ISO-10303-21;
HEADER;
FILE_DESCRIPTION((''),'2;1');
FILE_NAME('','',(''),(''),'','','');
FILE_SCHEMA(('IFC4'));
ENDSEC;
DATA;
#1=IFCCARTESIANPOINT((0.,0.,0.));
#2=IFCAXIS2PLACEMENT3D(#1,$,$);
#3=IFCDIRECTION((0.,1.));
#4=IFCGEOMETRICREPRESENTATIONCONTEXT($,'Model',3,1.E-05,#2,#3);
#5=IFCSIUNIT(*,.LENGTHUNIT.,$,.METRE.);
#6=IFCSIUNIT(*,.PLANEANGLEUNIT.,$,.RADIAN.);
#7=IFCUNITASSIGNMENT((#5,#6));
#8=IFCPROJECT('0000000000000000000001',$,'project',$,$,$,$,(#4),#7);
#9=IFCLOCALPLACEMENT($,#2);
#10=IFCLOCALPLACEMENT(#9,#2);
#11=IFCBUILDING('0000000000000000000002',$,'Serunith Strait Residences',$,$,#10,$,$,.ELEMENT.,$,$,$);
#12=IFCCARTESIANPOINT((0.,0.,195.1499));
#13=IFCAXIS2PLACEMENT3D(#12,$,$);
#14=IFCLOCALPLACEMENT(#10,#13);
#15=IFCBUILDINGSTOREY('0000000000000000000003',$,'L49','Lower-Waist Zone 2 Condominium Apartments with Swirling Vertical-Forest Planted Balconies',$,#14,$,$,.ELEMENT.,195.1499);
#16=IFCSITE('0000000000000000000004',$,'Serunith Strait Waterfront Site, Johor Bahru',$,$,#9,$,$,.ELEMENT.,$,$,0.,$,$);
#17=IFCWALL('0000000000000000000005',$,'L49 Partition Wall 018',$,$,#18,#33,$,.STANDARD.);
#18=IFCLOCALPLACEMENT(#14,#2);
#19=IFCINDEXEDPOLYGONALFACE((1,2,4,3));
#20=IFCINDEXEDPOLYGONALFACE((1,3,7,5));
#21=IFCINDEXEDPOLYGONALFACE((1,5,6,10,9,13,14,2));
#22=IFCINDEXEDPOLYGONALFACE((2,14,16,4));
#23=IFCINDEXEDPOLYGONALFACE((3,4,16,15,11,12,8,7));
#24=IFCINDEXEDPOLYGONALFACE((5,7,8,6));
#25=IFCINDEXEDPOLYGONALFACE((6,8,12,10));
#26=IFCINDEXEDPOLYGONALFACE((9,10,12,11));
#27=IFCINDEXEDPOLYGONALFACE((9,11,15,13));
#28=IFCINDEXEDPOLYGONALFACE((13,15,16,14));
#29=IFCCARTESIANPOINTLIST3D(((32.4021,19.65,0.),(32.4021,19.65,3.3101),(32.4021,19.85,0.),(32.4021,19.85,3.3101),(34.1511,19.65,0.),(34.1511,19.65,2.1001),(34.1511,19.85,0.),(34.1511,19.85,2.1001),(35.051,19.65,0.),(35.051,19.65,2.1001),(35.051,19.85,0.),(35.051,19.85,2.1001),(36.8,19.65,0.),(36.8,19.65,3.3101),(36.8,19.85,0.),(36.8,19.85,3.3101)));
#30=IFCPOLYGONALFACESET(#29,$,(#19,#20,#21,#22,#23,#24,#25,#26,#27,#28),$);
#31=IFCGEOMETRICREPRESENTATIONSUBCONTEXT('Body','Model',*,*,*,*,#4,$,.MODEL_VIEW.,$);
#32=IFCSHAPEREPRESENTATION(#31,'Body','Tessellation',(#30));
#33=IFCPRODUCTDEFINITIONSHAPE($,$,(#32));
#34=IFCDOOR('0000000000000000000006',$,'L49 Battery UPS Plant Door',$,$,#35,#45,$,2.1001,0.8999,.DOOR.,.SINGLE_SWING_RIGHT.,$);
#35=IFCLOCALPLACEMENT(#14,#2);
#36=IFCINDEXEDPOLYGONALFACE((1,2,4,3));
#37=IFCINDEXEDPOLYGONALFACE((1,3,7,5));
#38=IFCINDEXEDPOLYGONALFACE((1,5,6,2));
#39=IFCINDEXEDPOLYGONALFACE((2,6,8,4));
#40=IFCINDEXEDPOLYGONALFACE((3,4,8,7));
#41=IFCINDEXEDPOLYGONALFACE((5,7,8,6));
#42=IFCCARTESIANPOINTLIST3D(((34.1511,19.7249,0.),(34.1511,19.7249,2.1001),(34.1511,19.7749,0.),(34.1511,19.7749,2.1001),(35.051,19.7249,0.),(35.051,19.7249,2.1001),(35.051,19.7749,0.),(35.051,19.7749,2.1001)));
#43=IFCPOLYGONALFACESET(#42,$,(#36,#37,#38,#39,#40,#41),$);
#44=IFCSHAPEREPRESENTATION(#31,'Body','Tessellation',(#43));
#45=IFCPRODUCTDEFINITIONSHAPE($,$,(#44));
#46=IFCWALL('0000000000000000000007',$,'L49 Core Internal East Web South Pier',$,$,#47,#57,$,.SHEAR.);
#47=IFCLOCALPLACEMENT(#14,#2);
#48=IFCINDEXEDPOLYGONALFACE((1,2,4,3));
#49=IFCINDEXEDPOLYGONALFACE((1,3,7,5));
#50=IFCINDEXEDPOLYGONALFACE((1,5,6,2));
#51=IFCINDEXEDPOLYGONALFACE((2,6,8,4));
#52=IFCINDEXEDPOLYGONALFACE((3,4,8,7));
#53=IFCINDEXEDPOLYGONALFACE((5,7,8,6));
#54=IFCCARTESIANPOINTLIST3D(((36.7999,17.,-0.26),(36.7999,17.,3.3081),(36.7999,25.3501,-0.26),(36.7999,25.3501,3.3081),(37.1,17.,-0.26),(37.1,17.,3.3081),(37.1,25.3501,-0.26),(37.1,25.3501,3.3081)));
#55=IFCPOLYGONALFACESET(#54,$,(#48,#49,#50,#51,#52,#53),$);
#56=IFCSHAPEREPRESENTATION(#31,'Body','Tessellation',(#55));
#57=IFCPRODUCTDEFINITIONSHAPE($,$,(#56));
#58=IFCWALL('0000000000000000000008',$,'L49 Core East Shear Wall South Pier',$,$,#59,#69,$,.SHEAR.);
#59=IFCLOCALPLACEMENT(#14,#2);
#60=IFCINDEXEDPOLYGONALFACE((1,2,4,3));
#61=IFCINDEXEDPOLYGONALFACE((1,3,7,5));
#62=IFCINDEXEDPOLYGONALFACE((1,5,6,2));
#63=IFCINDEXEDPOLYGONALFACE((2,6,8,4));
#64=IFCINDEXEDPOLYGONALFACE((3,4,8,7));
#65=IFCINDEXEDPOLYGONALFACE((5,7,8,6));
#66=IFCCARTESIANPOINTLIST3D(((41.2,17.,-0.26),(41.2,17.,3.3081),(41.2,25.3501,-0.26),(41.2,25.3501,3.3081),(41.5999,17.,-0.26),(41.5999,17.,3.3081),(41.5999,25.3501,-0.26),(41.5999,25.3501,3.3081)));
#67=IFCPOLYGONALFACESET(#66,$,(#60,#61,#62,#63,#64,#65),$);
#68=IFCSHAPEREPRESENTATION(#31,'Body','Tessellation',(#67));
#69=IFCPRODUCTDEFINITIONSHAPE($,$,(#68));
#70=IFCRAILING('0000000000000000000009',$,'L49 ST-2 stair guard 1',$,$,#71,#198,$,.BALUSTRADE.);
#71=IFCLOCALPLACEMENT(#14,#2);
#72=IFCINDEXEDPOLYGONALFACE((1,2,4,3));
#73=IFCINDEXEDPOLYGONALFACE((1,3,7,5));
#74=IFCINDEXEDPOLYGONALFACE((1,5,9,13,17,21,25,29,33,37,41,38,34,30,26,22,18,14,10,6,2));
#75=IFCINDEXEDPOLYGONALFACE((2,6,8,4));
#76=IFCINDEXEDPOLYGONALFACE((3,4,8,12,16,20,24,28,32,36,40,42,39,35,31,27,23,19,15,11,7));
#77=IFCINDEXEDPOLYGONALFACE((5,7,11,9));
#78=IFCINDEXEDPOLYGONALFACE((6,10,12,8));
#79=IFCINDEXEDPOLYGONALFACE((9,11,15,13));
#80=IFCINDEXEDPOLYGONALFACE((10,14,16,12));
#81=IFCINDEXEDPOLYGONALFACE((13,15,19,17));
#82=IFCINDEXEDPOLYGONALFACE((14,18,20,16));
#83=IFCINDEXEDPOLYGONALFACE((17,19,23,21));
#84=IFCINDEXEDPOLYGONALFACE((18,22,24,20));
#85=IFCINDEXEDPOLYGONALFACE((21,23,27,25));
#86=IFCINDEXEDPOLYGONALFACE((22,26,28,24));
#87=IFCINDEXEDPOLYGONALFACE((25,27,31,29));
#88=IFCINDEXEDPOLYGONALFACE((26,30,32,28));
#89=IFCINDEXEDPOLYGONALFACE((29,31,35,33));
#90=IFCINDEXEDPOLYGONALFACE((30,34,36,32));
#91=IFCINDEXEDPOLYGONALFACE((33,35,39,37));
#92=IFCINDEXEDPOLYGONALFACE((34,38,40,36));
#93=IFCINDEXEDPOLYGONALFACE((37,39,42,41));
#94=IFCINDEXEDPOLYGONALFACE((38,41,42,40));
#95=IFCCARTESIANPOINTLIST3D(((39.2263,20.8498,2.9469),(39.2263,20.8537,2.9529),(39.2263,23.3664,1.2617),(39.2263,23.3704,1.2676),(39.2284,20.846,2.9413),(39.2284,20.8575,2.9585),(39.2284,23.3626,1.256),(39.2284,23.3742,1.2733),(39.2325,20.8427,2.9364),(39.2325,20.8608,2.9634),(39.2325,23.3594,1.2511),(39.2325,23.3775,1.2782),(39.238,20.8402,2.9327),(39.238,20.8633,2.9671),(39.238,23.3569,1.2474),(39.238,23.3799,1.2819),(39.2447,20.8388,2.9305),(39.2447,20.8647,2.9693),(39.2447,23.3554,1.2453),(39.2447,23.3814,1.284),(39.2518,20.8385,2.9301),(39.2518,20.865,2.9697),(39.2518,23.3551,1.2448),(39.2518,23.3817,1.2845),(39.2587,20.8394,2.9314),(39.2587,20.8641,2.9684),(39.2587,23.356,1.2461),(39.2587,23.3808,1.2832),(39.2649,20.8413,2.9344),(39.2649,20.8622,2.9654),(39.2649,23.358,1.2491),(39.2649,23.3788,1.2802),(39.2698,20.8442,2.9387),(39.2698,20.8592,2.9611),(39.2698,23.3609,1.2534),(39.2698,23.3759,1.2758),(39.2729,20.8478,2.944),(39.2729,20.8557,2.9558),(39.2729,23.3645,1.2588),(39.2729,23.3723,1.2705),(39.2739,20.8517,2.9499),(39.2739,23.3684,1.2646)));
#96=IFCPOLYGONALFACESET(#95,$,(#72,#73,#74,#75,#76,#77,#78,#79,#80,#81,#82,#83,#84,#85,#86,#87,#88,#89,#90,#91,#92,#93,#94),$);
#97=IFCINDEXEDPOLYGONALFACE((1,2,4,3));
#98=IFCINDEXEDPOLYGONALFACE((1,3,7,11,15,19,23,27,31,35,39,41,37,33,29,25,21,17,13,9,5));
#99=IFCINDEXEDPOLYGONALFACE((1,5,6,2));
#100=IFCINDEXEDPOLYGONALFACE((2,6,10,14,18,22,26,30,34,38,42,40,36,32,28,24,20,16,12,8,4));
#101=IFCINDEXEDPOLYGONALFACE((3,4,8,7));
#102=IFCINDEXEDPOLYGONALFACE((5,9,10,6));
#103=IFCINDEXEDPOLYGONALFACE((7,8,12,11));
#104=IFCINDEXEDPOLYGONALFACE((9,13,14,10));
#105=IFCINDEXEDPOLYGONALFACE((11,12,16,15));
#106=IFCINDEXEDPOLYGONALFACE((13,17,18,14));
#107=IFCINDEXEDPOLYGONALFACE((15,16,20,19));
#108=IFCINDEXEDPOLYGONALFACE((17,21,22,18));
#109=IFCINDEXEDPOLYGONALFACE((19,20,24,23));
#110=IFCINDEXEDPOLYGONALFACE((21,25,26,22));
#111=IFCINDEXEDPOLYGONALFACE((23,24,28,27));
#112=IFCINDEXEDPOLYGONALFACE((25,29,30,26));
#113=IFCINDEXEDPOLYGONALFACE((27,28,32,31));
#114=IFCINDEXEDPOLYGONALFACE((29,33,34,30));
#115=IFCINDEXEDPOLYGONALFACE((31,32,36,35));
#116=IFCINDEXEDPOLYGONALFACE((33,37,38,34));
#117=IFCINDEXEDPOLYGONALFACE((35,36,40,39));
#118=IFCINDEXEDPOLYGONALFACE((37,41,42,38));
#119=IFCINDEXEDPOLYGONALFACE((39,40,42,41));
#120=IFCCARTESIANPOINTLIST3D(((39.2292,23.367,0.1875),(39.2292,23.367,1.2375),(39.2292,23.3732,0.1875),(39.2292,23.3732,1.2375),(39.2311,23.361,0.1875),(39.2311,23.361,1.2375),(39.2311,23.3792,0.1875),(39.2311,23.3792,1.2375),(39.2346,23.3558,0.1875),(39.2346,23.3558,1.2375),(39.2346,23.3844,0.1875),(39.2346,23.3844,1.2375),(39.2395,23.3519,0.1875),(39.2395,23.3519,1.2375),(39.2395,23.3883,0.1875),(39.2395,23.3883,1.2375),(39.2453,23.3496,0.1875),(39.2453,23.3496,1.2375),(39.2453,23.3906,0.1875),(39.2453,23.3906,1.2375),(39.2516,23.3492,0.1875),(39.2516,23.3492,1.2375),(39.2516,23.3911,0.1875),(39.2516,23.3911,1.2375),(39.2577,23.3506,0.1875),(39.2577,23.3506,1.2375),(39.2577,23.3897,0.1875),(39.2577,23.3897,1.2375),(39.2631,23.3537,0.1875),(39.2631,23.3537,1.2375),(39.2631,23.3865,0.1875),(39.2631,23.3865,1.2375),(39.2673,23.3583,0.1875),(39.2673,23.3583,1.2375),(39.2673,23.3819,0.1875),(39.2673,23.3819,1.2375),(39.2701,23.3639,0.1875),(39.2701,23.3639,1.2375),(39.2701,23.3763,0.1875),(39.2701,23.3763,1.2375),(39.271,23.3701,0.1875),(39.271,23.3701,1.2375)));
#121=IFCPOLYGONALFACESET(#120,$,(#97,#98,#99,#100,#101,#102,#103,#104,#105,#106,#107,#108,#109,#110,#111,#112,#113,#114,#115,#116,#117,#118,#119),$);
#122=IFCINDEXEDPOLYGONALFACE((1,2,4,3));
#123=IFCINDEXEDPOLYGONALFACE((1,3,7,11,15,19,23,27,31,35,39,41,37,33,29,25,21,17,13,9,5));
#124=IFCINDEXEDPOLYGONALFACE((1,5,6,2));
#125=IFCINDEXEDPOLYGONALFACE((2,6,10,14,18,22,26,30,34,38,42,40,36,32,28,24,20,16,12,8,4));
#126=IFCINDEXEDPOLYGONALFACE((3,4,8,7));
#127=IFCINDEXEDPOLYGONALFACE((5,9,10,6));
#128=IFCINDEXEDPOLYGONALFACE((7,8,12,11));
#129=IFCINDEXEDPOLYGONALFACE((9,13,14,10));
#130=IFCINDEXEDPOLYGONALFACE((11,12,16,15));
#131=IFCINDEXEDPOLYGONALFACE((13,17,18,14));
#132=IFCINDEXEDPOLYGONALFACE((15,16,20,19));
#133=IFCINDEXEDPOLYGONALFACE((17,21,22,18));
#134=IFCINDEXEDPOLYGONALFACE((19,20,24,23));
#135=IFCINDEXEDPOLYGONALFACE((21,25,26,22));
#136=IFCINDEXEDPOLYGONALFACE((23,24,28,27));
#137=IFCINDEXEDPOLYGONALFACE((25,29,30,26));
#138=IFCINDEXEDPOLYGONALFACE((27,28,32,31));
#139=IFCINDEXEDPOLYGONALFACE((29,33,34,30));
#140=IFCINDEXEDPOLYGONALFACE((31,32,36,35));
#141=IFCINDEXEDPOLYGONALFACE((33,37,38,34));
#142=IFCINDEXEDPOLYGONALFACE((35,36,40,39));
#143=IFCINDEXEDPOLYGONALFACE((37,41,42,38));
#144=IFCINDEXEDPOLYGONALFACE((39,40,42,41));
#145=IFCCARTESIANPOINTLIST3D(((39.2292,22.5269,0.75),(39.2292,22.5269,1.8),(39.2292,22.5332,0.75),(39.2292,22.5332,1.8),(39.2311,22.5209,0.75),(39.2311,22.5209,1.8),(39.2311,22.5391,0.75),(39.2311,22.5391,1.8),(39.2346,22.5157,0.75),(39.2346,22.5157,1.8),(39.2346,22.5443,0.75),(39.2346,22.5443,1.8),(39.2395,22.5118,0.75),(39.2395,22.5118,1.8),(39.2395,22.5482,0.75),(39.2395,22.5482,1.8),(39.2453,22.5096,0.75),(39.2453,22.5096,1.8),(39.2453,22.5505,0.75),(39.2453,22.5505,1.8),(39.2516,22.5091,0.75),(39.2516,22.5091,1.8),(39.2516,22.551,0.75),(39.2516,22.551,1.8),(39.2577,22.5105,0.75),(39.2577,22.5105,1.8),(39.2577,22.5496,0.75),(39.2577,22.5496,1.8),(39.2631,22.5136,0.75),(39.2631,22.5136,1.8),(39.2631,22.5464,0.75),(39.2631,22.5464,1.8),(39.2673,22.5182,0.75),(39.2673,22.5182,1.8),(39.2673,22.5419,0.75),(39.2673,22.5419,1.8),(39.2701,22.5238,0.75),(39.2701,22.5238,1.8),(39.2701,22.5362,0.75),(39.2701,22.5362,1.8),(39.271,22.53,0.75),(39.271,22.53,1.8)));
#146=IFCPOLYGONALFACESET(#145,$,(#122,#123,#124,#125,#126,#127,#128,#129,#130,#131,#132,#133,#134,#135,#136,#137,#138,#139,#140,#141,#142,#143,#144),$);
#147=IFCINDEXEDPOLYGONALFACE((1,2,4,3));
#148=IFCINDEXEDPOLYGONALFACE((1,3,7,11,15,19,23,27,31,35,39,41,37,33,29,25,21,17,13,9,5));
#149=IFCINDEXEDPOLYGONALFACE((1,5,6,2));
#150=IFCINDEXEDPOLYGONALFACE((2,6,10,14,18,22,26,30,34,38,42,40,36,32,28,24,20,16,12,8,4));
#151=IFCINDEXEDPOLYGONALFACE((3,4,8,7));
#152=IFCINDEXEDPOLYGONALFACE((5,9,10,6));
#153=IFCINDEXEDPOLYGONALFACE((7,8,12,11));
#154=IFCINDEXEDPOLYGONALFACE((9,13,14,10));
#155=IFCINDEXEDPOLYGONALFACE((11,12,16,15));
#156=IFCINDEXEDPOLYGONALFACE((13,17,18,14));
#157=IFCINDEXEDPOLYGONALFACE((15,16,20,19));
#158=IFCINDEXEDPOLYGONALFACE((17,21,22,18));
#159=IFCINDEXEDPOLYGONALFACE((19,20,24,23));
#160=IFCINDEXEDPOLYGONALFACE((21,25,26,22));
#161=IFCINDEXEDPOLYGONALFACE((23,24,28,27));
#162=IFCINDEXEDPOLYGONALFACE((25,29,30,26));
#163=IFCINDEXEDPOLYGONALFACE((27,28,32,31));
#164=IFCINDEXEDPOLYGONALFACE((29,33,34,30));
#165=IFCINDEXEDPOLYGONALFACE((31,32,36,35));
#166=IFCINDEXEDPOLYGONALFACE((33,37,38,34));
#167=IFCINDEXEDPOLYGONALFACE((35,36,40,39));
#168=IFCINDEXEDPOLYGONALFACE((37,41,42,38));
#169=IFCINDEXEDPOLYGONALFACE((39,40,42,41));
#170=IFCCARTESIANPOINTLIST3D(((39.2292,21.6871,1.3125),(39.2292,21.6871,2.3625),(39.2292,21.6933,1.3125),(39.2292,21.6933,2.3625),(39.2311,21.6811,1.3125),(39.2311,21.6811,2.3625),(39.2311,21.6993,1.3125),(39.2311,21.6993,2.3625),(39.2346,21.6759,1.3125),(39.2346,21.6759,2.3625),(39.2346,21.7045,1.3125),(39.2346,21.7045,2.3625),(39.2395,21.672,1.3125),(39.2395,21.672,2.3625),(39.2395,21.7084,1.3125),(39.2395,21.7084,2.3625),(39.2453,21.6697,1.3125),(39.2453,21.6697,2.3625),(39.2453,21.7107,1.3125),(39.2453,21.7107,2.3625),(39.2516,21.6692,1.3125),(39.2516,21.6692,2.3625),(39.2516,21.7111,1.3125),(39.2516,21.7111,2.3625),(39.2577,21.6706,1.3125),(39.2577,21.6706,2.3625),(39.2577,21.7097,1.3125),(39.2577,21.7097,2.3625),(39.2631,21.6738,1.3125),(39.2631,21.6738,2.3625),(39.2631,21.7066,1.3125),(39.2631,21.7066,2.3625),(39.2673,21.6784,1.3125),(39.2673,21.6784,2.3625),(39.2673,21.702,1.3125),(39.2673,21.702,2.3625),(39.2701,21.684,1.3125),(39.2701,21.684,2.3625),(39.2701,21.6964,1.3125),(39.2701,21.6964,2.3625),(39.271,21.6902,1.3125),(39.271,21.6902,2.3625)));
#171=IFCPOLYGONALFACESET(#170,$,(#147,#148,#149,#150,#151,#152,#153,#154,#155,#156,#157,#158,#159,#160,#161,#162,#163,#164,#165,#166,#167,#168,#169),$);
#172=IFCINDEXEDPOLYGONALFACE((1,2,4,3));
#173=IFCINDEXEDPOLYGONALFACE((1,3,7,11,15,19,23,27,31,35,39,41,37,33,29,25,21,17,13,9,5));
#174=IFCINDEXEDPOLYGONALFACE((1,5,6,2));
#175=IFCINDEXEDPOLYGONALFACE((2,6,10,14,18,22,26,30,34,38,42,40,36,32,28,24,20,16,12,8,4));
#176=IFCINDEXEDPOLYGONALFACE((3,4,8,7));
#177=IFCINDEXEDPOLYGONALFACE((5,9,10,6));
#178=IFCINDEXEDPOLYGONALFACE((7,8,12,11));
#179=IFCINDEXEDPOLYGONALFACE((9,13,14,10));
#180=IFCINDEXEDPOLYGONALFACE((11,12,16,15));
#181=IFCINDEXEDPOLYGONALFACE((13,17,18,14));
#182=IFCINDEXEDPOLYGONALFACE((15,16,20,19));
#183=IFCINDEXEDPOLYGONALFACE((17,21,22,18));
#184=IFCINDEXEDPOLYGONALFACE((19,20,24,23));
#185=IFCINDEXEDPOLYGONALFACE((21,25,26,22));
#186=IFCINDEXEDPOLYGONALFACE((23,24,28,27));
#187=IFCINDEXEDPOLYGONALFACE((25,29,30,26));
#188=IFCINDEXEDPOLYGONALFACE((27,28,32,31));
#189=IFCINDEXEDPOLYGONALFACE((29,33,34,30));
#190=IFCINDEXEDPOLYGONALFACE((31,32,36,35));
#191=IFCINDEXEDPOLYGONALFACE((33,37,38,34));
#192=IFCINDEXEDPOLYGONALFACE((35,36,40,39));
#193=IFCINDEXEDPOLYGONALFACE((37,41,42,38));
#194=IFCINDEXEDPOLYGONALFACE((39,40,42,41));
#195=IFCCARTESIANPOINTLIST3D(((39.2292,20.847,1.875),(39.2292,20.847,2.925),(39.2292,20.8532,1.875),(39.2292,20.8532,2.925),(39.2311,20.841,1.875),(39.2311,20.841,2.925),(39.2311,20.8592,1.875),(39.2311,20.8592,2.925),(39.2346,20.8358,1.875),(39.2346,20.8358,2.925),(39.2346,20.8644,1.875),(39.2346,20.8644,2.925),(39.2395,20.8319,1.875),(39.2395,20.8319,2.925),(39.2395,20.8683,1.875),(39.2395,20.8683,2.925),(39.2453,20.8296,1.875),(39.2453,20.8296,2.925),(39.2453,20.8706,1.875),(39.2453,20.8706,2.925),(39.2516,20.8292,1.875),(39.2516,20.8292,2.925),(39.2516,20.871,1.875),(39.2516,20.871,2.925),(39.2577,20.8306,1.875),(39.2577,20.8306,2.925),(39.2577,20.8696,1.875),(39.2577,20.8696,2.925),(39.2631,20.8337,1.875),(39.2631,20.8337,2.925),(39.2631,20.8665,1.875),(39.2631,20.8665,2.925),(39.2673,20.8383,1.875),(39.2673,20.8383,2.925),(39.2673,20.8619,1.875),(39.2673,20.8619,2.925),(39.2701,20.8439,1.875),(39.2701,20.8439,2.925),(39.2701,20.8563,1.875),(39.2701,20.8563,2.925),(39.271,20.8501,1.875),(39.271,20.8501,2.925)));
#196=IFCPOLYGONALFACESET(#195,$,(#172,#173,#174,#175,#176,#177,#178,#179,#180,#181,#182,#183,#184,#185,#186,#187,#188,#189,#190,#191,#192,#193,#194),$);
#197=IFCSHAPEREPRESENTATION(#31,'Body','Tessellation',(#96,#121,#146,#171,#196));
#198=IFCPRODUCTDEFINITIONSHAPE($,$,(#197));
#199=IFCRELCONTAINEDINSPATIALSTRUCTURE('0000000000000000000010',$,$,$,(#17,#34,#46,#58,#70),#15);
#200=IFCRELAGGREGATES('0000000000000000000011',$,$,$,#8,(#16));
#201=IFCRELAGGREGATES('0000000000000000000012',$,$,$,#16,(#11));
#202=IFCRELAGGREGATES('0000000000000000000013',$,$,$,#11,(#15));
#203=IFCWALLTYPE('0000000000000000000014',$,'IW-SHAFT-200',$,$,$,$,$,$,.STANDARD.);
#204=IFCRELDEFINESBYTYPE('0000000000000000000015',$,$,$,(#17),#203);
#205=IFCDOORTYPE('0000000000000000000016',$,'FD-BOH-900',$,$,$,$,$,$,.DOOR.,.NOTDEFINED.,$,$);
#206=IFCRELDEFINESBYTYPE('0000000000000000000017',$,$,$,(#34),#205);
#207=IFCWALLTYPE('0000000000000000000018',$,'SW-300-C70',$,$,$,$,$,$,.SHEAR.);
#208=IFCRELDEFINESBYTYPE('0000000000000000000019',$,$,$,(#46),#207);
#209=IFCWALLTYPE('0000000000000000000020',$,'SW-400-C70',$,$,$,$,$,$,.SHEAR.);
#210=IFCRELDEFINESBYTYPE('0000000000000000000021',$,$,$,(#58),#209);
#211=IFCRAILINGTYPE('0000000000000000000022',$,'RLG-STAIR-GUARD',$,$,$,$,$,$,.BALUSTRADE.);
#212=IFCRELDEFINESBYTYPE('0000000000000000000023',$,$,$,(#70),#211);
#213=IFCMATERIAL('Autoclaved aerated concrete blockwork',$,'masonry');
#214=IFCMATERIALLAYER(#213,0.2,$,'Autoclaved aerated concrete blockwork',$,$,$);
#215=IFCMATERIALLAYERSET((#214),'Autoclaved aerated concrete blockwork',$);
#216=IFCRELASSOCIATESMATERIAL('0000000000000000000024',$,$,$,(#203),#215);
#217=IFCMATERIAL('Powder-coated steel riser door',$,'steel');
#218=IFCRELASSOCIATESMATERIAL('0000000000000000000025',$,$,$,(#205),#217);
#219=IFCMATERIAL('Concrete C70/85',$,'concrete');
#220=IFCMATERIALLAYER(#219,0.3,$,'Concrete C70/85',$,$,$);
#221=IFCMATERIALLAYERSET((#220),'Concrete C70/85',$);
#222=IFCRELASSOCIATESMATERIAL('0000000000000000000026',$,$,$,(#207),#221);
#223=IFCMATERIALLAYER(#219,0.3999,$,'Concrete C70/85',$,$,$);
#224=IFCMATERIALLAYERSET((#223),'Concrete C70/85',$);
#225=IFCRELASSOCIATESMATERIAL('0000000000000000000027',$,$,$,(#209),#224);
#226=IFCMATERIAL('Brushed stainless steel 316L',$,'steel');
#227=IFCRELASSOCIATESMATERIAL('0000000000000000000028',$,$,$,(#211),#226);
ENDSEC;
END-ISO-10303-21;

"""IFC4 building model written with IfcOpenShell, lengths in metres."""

from ifc_helpers import new_model, si_unit, direction, frame, frame_2d, origin, origin_2d, place, context, subcontext, project, spatial, rectangle, circle, extrude, source, transform, mapped, material, layer, layer_set, type_object, element, fill, save


model = new_model("IFC4")

# Units and contexts
model_context = context("Model", 3, precision=1e-05, world=origin(), true_north=direction((0.0, 1.0)))
body_context = subcontext(model_context, "Body", "Model", "MODEL_VIEW")
ifc_project = project(units=[si_unit("LENGTHUNIT", "METRE"), si_unit("PLANEANGLEUNIT", "RADIAN")], contexts=[model_context])

# Site, building, storey
site_placement = place(None, origin())
site = spatial("IfcSite", under=ifc_project, at=site_placement, Name="Serunith Strait Waterfront Site, Johor Bahru", CompositionType="ELEMENT", RefElevation=0.0)
building_placement = place(site_placement, origin())
building = spatial("IfcBuilding", under=site, at=building_placement, Name="Serunith Strait Residences", CompositionType="ELEMENT")
storey_placement = place(building_placement, frame((0.0, 0.0, 195.1499)))
storey = spatial("IfcBuildingStorey", under=building, at=storey_placement, Name="L49", Description="Lower-Waist Zone 2 Condominium Apartments with Swirling Vertical-Forest Planted Balconies", CompositionType="ELEMENT", Elevation=195.1499)

# Wall, opening, door
ifc_material_1 = material(Name="Autoclaved aerated concrete blockwork", Category="masonry")
ifc_layer_1 = layer(ifc_material_1, 0.2, Name="Autoclaved aerated concrete blockwork")
ifc_layer_set_1 = layer_set([ifc_layer_1], Name="Autoclaved aerated concrete blockwork")
wall_type_1 = type_object("IfcWallType", Name="IW-SHAFT-200", PredefinedType="STANDARD", material=ifc_layer_set_1)
wall_1_placement = place(storey_placement, frame((32.4021, 19.75, 0.0), z_axis=(0.0, 0.0, 1.0), x_axis=(1.0, 0.0, 0.0)))
wall_1 = element("IfcWall", 1, at=wall_1_placement, inside=storey, type_object=wall_type_1, Name="L49 Partition Wall 018", PredefinedType="STANDARD", context=body_context, shape_type="SweptSolid", body=[
    extrude(rectangle(XDim=4.3979, YDim=0.2, at=frame_2d((2.199, 0.0))), origin(), (0.0, 0.0, 1.0), 3.3101),
])
opening_1_placement = place(wall_1_placement, frame((1.749, 0.0, 0.0)))
opening_1 = element("IfcOpeningElement", 2, at=opening_1_placement, cuts=wall_1, PredefinedType="OPENING", context=body_context, shape_type="SweptSolid", body=[
    extrude(rectangle(XDim=0.8999, YDim=2.1001, at=frame_2d((0.45, 1.05))), frame((0.0, 0.1099, 0.0), z_axis=(0.0, -1.0, 0.0), x_axis=(1.0, 0.0, 0.0)), (0.0, 0.0, 1.0), 0.22),
])
ifc_material_2 = material(Name="Powder-coated steel riser door", Category="steel")
door_type_1 = type_object("IfcDoorType", Name="FD-BOH-900", OperationType="NOTDEFINED", PredefinedType="DOOR", material=ifc_material_2)
shared_shape_1 = source(origin(), body_context, "Body", "SweptSolid", [
    extrude(rectangle(XDim=0.8999, YDim=2.1001, at=frame_2d((0.45, 1.05))), frame((0.0, 0.0249, 0.0), z_axis=(0.0, -1.0, 0.0), x_axis=(1.0, 0.0, 0.0)), (0.0, 0.0, 1.0), 0.05),
])
door_1_placement = place(opening_1_placement, origin())
door_1 = element("IfcDoor", 3, at=door_1_placement, inside=storey, type_object=door_type_1, Name="L49 Battery UPS Plant Door", OperationType="SINGLE_SWING_RIGHT", OverallHeight=2.1001, OverallWidth=0.8999, PredefinedType="DOOR", context=body_context, shape_type="MappedRepresentation", body=[
    mapped(shared_shape_1, transform((0.0, 0.0, 0.0), scale=1.0)),
])
fill(opening_1, door_1)

# Walls
ifc_material_3 = material(Name="Concrete C70/85", Category="concrete")
ifc_layer_2 = layer(ifc_material_3, 0.3, Name="Concrete C70/85")
ifc_layer_set_2 = layer_set([ifc_layer_2], Name="Concrete C70/85")
wall_type_2 = type_object("IfcWallType", Name="SW-300-C70", PredefinedType="SHEAR", material=ifc_layer_set_2)
wall_2_placement = place(storey_placement, frame((36.95, 17.0, -0.26), z_axis=(0.0, 0.0, 1.0), x_axis=(0.0, 1.0, 0.0)))
element("IfcWall", 4, at=wall_2_placement, inside=storey, type_object=wall_type_2, Name="L49 Core Internal East Web South Pier", PredefinedType="SHEAR", context=body_context, shape_type="SweptSolid", body=[
    extrude(rectangle(XDim=8.3501, YDim=0.3, at=frame_2d((4.175, 0.0))), origin(), (0.0, 0.0, 1.0), 3.5681),
])
ifc_layer_3 = layer(ifc_material_3, 0.3999, Name="Concrete C70/85")
ifc_layer_set_3 = layer_set([ifc_layer_3], Name="Concrete C70/85")
wall_type_3 = type_object("IfcWallType", Name="SW-400-C70", PredefinedType="SHEAR", material=ifc_layer_set_3)
wall_3_placement = place(storey_placement, frame((41.3999, 17.0, -0.26), z_axis=(0.0, 0.0, 1.0), x_axis=(0.0, 1.0, 0.0)))
element("IfcWall", 5, at=wall_3_placement, inside=storey, type_object=wall_type_3, Name="L49 Core East Shear Wall South Pier", PredefinedType="SHEAR", context=body_context, shape_type="SweptSolid", body=[
    extrude(rectangle(XDim=8.3501, YDim=0.3999, at=frame_2d((4.175, 0.0))), origin(), (0.0, 0.0, 1.0), 3.5681),
])

# Railing
ifc_material_4 = material(Name="Brushed stainless steel 316L", Category="steel")
railing_type_1 = type_object("IfcRailingType", Name="RLG-STAIR-GUARD", PredefinedType="BALUSTRADE", material=ifc_material_4)
railing_1_placement = place(storey_placement, frame((39.25, 23.3701, 0.1875)))
element("IfcRailing", 6, at=railing_1_placement, inside=storey, type_object=railing_type_1, Name="L49 ST-2 stair guard 1", PredefinedType="BALUSTRADE", context=body_context, shape_type="SweptSolid", body=[
    extrude(circle(Radius=0.0239, at=origin_2d()), frame((0.0, -0.0017, 1.0771), z_axis=(0.0, -0.830909, 0.556408), x_axis=(1.0, 0.0, 0.0)), (0.0, 0.0, 1.0), 3.0288),
    extrude(circle(Radius=0.021, at=origin_2d()), origin(), (0.0, 0.0, 1.0), 1.05),
    extrude(circle(Radius=0.021, at=origin_2d()), frame((0.0, -0.8401, 0.5625)), (0.0, 0.0, 1.0), 1.05),
    extrude(circle(Radius=0.021, at=origin_2d()), frame((0.0, -1.6799, 1.125)), (0.0, 0.0, 1.0), 1.05),
    extrude(circle(Radius=0.021, at=origin_2d()), frame((0.0, -2.52, 1.6875)), (0.0, 0.0, 1.0), 1.05),
])

save(model, "model.ifc")
